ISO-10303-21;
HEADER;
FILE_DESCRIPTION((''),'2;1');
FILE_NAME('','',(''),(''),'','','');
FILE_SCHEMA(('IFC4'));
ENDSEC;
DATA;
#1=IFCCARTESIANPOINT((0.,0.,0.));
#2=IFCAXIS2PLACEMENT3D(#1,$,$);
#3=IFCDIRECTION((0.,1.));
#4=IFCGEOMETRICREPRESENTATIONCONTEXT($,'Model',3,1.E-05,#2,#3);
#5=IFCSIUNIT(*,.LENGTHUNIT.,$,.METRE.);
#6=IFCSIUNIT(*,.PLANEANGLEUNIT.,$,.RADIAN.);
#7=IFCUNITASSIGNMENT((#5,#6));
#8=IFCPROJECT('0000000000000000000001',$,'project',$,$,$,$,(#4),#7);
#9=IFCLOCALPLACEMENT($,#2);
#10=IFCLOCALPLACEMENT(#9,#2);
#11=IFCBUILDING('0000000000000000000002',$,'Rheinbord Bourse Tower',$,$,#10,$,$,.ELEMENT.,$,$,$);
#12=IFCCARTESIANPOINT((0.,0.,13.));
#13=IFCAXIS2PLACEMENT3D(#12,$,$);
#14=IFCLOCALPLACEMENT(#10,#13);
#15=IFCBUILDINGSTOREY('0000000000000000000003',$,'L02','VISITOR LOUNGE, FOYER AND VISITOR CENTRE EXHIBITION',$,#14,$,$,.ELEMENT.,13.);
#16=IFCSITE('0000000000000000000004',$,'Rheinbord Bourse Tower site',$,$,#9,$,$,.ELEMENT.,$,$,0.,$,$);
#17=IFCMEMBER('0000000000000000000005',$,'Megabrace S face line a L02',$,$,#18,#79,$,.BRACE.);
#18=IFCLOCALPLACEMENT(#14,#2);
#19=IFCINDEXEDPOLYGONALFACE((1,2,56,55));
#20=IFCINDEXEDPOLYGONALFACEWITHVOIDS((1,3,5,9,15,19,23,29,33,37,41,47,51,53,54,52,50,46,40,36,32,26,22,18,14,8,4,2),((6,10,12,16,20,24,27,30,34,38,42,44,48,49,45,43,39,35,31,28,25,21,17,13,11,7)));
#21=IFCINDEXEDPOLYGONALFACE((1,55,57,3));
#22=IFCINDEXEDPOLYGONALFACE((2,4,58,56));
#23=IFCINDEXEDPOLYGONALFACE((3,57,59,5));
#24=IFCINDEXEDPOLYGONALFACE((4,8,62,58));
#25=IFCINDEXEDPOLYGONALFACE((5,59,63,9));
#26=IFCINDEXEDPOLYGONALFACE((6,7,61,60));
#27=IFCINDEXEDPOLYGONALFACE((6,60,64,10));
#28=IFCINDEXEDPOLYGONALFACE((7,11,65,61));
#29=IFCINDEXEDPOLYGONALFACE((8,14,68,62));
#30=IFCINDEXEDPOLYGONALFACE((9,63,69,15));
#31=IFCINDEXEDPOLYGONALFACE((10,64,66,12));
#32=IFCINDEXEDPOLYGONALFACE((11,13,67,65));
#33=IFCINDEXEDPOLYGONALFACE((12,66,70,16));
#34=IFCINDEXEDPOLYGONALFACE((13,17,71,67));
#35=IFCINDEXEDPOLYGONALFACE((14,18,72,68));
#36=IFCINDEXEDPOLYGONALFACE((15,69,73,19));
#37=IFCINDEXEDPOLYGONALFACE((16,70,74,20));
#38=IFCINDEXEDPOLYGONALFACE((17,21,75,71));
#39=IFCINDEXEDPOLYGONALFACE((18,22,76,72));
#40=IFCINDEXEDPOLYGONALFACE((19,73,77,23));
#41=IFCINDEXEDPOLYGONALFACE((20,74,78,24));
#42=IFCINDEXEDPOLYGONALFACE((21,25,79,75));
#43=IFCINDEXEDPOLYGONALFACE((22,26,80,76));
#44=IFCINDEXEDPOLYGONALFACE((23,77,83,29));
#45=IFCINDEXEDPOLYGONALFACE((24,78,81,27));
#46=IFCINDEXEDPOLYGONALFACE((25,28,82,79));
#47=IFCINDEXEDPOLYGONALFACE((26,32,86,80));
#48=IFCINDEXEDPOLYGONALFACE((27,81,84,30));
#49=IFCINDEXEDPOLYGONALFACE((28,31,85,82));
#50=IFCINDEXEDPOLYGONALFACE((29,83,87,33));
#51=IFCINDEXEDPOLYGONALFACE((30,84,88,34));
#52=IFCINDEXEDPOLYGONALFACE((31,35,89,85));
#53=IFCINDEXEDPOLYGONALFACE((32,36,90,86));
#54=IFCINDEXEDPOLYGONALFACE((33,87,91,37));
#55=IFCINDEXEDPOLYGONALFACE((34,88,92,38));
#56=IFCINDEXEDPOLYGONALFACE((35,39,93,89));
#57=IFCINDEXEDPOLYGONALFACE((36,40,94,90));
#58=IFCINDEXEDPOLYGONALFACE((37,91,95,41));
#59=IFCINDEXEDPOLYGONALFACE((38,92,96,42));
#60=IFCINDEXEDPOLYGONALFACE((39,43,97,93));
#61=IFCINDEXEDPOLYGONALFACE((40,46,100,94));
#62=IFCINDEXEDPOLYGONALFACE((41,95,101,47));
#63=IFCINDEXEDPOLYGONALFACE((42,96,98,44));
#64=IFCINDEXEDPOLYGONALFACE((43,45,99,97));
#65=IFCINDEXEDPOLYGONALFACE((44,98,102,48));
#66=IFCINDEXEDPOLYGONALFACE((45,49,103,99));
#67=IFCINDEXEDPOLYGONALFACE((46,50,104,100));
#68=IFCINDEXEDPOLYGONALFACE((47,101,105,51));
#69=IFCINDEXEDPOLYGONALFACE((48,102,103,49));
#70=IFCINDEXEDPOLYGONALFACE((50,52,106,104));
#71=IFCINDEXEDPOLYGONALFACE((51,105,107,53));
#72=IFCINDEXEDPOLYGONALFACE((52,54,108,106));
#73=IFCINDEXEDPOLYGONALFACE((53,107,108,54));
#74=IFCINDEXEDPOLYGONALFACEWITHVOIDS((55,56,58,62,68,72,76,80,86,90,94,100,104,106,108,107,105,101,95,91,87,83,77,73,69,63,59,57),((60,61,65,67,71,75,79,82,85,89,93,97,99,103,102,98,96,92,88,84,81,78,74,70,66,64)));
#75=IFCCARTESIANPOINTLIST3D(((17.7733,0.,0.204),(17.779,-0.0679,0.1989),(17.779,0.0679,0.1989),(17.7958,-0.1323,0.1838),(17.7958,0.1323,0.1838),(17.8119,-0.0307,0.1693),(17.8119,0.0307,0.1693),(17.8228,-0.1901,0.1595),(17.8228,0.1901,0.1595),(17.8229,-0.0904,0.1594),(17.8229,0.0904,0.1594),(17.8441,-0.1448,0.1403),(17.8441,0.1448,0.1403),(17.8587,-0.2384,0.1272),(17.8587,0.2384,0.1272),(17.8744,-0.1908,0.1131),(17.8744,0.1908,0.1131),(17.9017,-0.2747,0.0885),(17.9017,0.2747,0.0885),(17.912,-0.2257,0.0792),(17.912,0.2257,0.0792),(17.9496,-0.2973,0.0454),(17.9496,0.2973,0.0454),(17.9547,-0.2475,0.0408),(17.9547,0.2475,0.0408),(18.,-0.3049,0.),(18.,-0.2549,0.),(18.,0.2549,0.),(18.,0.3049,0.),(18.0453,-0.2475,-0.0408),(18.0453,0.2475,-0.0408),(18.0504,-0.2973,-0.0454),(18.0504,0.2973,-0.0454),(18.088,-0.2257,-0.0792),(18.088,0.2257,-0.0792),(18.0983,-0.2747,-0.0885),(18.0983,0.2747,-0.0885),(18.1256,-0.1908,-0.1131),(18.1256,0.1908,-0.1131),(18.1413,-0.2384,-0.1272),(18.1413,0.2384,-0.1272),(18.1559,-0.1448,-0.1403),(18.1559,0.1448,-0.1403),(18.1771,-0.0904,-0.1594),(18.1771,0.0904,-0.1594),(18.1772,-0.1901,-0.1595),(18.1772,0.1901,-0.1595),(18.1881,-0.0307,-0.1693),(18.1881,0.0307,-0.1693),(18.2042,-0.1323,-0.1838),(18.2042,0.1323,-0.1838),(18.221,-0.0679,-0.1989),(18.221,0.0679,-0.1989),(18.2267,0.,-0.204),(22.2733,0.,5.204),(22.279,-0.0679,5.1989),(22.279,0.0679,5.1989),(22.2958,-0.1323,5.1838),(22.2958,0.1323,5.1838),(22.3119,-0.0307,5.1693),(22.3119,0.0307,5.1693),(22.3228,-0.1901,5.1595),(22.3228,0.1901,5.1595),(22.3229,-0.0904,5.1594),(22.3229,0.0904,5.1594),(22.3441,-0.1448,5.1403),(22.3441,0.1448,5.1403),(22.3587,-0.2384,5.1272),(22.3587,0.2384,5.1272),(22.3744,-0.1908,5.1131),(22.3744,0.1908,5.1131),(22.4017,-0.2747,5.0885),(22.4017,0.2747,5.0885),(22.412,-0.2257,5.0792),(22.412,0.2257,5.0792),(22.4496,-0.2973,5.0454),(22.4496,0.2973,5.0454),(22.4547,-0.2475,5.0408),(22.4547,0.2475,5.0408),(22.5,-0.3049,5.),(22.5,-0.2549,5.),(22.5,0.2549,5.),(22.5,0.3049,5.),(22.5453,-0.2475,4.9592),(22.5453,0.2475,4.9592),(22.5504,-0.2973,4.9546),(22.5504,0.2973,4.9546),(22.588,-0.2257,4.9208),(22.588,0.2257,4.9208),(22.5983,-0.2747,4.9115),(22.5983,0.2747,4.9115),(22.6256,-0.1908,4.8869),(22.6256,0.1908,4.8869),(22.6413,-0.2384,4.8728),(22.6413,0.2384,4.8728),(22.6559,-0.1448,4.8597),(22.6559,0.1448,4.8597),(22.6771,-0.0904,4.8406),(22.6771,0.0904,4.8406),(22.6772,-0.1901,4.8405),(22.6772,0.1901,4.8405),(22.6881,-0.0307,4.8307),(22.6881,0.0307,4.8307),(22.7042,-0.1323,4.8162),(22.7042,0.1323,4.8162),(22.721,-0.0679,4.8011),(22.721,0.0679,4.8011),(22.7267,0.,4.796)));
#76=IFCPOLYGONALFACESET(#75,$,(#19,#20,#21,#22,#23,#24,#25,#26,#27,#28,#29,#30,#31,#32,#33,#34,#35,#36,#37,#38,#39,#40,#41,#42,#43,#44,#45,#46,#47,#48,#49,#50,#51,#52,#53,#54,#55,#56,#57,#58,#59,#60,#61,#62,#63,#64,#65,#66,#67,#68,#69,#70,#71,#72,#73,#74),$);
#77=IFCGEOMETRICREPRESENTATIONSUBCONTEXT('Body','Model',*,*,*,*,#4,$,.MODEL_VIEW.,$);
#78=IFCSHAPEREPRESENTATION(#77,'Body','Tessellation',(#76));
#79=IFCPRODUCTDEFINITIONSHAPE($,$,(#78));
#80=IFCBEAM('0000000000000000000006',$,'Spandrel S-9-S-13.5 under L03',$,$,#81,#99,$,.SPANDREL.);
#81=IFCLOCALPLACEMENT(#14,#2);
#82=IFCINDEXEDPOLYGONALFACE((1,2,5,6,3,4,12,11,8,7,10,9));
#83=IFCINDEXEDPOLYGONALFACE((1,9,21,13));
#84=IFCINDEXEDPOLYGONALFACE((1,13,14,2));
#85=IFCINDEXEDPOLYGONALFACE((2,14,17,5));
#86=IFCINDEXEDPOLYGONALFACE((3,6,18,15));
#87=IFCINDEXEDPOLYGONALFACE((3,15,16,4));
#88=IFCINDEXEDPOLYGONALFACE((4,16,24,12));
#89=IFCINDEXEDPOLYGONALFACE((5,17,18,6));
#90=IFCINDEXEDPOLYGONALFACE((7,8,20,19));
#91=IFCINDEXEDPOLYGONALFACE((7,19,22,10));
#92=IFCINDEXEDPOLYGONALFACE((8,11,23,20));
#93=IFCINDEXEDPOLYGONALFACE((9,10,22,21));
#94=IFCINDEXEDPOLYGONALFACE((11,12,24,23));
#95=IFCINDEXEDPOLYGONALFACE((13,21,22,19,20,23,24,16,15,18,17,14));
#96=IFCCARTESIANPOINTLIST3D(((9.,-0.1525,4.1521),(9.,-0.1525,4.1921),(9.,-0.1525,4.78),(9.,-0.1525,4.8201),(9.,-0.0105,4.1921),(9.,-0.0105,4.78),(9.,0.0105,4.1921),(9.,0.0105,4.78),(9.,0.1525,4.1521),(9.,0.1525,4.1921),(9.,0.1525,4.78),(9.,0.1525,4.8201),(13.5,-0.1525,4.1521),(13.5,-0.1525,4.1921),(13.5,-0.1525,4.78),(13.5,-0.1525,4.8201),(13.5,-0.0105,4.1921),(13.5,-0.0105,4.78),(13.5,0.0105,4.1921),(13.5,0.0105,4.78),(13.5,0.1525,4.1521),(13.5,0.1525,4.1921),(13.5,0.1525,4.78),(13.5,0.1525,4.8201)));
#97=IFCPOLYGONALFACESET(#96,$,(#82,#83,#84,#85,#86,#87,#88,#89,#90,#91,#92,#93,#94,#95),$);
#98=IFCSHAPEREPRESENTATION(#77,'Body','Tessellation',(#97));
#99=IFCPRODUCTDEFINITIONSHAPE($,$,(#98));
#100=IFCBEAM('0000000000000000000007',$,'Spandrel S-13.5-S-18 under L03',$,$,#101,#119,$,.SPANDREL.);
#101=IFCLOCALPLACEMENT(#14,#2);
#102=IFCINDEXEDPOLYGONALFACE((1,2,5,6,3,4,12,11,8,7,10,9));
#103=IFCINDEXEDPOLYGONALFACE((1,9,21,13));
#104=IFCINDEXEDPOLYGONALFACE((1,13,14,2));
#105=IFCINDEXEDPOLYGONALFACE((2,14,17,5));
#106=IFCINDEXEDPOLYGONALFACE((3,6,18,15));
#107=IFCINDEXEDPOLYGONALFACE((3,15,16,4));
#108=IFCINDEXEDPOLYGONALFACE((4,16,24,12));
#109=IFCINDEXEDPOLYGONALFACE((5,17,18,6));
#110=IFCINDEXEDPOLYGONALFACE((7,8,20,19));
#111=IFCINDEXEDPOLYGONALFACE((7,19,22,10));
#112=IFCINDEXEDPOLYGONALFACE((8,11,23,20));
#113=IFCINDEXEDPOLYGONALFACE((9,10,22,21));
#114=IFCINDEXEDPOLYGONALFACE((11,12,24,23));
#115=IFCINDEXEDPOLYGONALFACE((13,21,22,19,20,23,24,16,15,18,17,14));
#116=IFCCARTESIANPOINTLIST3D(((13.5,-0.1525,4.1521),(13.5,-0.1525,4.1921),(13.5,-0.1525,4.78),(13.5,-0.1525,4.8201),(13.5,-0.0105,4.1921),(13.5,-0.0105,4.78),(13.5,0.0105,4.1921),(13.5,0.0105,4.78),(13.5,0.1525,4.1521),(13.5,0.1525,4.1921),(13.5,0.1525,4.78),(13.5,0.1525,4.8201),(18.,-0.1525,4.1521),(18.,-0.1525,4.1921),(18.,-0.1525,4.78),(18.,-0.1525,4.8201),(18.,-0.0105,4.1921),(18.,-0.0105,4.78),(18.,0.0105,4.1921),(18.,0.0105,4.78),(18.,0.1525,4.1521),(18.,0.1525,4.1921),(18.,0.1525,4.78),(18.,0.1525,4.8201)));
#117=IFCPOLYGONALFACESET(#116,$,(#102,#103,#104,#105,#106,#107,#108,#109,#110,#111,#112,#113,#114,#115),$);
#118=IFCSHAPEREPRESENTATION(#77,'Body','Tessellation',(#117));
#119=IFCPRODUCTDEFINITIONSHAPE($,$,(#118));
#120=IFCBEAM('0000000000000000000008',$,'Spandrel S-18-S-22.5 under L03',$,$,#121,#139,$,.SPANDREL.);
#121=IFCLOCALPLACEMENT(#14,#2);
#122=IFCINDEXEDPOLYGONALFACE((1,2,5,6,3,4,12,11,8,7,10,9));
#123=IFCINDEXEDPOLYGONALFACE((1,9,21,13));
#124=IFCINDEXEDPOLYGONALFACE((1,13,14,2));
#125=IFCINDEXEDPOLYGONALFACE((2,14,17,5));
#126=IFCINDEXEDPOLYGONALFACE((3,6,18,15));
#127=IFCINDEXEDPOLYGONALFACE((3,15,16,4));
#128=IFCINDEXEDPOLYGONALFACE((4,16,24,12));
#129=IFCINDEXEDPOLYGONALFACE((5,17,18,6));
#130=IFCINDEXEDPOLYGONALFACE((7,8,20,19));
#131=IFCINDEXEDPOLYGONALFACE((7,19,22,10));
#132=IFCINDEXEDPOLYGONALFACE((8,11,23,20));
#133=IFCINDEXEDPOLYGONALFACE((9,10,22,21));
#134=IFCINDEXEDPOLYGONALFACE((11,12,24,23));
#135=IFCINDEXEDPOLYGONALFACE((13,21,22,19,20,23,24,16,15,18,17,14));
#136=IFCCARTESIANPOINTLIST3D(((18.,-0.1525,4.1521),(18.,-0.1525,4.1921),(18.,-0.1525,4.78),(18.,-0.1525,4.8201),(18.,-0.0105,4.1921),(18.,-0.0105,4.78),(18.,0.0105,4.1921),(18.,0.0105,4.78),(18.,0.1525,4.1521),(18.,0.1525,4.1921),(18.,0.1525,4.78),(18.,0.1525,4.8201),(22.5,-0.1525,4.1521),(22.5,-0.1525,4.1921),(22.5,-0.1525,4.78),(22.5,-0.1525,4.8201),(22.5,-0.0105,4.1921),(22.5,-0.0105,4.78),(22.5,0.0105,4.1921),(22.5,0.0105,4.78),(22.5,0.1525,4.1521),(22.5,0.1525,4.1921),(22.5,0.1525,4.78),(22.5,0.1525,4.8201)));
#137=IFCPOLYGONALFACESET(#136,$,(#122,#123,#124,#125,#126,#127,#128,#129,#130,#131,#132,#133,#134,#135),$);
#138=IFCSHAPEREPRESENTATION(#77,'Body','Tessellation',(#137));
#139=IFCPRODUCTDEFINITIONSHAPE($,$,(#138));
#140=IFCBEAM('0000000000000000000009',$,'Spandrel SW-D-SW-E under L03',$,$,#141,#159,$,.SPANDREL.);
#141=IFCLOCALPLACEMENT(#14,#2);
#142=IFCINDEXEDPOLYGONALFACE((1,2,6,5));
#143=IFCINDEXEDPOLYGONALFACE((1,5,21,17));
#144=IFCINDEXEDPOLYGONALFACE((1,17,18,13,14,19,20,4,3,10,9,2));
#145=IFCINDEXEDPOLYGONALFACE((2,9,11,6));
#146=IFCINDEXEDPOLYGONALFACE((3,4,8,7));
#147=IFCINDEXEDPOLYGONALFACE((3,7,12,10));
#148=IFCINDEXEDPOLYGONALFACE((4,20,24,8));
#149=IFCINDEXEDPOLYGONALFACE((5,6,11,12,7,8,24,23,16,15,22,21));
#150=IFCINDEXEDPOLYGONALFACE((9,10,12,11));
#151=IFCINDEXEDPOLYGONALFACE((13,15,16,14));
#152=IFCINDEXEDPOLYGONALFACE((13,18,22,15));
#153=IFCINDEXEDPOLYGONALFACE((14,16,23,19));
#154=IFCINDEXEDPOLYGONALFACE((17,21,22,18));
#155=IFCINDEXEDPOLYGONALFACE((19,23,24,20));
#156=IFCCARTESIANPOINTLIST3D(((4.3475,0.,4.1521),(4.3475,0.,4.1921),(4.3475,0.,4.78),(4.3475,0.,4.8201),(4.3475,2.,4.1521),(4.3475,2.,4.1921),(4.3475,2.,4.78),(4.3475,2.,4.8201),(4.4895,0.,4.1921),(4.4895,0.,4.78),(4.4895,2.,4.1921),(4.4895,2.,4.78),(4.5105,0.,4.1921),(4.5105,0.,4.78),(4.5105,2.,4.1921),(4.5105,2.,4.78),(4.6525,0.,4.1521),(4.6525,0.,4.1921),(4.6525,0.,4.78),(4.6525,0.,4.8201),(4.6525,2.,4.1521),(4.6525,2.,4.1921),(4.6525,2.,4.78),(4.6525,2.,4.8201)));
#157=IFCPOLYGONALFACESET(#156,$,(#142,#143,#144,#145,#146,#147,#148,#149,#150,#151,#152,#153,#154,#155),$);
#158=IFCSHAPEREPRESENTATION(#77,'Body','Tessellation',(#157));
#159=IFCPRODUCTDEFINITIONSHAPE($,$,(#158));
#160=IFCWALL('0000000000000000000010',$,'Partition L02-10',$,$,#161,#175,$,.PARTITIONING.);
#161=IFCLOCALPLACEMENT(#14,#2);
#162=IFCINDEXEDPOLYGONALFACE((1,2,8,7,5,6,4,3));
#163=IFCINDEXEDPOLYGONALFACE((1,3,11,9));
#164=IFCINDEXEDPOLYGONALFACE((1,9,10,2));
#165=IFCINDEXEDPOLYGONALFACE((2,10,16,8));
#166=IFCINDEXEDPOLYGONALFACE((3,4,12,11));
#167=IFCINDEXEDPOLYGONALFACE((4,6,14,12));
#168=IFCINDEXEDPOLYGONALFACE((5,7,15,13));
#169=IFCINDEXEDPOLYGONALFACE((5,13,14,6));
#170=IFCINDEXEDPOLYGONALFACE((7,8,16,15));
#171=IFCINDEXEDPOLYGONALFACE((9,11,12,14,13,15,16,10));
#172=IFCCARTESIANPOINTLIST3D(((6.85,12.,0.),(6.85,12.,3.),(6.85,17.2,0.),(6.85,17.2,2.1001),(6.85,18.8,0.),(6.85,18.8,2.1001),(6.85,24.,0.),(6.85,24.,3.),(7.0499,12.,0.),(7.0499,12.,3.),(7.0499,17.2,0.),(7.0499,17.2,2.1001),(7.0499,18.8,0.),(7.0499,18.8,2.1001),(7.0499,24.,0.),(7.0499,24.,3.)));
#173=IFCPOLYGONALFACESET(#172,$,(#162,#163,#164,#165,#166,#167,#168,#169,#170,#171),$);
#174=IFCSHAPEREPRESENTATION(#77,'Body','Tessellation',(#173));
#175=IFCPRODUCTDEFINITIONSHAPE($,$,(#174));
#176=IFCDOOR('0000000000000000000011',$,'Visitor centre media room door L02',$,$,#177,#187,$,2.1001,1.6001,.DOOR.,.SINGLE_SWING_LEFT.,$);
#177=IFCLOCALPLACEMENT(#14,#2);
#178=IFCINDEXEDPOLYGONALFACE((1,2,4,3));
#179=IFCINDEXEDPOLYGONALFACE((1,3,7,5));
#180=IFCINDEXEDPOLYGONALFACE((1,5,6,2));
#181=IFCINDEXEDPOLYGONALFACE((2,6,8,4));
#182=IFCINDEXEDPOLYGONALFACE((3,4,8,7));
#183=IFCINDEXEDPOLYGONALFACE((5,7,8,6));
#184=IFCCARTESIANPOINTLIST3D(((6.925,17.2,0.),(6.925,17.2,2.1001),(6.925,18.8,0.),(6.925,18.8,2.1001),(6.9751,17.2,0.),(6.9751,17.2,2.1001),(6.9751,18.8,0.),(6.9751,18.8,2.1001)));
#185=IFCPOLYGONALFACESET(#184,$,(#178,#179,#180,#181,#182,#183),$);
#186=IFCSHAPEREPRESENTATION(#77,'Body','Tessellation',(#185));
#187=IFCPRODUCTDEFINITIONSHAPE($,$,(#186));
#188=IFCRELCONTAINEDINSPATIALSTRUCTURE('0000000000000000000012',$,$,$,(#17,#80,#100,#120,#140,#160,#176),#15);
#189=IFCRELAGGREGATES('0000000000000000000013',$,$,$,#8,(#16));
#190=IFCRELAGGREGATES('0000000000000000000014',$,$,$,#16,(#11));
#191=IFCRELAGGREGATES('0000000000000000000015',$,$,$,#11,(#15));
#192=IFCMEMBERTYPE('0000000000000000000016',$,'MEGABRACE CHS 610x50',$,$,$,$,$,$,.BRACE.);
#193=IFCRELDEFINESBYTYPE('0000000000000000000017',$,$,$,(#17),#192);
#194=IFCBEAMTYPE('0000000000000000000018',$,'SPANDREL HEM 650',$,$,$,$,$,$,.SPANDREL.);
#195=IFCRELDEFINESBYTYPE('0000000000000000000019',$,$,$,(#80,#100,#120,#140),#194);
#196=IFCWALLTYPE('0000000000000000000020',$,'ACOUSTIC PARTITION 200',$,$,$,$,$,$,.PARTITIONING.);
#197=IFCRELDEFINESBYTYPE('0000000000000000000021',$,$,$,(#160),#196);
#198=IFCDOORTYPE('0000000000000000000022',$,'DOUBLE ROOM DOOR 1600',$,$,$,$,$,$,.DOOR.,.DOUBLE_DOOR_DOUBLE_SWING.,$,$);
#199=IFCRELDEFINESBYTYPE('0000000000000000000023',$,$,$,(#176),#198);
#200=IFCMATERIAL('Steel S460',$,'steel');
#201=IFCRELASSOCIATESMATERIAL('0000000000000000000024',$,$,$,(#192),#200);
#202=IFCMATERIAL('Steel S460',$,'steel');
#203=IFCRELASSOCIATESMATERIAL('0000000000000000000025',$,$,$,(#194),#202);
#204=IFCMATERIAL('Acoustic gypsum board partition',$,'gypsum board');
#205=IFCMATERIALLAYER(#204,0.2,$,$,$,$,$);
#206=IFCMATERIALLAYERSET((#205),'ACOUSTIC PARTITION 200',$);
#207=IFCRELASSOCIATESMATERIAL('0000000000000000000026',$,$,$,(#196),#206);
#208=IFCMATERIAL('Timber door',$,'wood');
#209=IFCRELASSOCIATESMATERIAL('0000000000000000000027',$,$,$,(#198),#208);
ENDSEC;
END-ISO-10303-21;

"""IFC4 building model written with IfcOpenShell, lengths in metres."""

from ifc_helpers import new_model, si_unit, direction, frame, frame_2d, origin, origin_2d, place, context, subcontext, project, spatial, rectangle, hollow_circle, i_section, extrude, material, layer, layer_set, material_profile, profile_set, type_object, element, fill, save


model = new_model("IFC4")

# Units and contexts
model_context = context("Model", 3, precision=1e-05, world=origin(), true_north=direction((0.0, 1.0)))
body_context = subcontext(model_context, "Body", "Model", "MODEL_VIEW")
ifc_project = project(units=[si_unit("LENGTHUNIT", "METRE"), si_unit("PLANEANGLEUNIT", "RADIAN")], contexts=[model_context])

# Site, building, storey
site_placement = place(None, origin())
site = spatial("IfcSite", under=ifc_project, at=site_placement, Name="Rheinbord Bourse Tower site", CompositionType="ELEMENT", RefElevation=0.0)
building_placement = place(site_placement, origin())
building = spatial("IfcBuilding", under=site, at=building_placement, Name="Rheinbord Bourse Tower", CompositionType="ELEMENT")
storey_placement = place(building_placement, frame((0.0, 0.0, 13.0)))
storey = spatial("IfcBuildingStorey", under=building, at=storey_placement, Name="L02", Description="VISITOR LOUNGE, FOYER AND VISITOR CENTRE EXHIBITION", CompositionType="ELEMENT", Elevation=13.0)

# Member
ifc_material_1 = material(Name="Steel S460", Category="steel")
ifc_material_profile_1 = material_profile(ifc_material_1, hollow_circle(Radius=0.3049, WallThickness=0.05, at=origin_2d()), Name="CHS 610x50")
ifc_profile_set_1 = profile_set([ifc_material_profile_1], Name="Steel S460")
member_type = type_object("IfcMemberType", Name="MEGABRACE CHS 610x50", PredefinedType="BRACE", material=ifc_profile_set_1)
member_placement = place(storey_placement, frame((18.0, 0.0, 0.0), z_axis=(0.668965, 0.0, 0.743294), x_axis=(0.0, 1.0, 0.0)))
element("IfcMember", 1, at=member_placement, inside=storey, type_object=member_type, Name="Megabrace S face line a L02", PredefinedType="BRACE", context=body_context, shape_type="SweptSolid", body=[
    extrude(hollow_circle(Radius=0.3049, WallThickness=0.05, at=origin_2d()), origin(), (0.0, 0.0, 1.0), 6.7268),
])

# Beams
ifc_material_2 = material(Name="Steel S460", Category="steel")
ifc_material_profile_2 = material_profile(ifc_material_2, i_section(OverallWidth=0.3049, OverallDepth=0.668, WebThickness=0.021, FlangeThickness=0.04, at=origin_2d()), Name="HEM 650")
ifc_profile_set_2 = profile_set([ifc_material_profile_2], Name="Steel S460")
beam_type_1 = type_object("IfcBeamType", Name="SPANDREL HEM 650", PredefinedType="SPANDREL", material=ifc_profile_set_2)
for number, where, z_axis, x_axis, name in (
    (2, (9.0, 0.0, 4.4861), (1.0, 0.0, 0.0), (0.0, 1.0, 0.0), "Spandrel S-9-S-13.5 under L03"),
    (3, (13.5, 0.0, 4.4861), (1.0, 0.0, 0.0), (0.0, 1.0, 0.0), "Spandrel S-13.5-S-18 under L03"),
    (4, (18.0, 0.0, 4.4861), (1.0, 0.0, 0.0), (0.0, 1.0, 0.0), "Spandrel S-18-S-22.5 under L03"),
):
    element("IfcBeam", number, at=place(storey_placement, frame(where, z_axis=z_axis, x_axis=x_axis)), inside=storey, type_object=beam_type_1, Name=name, PredefinedType="SPANDREL", context=body_context, shape_type="SweptSolid", body=[
        extrude(i_section(OverallWidth=0.3049, OverallDepth=0.668, WebThickness=0.021, FlangeThickness=0.04, at=origin_2d()), origin(), (0.0, 0.0, 1.0), 4.5),
    ])
beam_placement = place(storey_placement, frame((4.5, 2.0, 4.4861), z_axis=(0.0, -1.0, 0.0), x_axis=(1.0, 0.0, 0.0)))
element("IfcBeam", 5, at=beam_placement, inside=storey, type_object=beam_type_1, Name="Spandrel SW-D-SW-E under L03", PredefinedType="SPANDREL", context=body_context, shape_type="SweptSolid", body=[
    extrude(i_section(OverallWidth=0.3049, OverallDepth=0.668, WebThickness=0.021, FlangeThickness=0.04, at=origin_2d()), origin(), (0.0, 0.0, 1.0), 2.0),
])

# Wall, opening, door
ifc_material_3 = material(Name="Acoustic gypsum board partition", Category="gypsum board")
ifc_layer_1 = layer(ifc_material_3, 0.2)
ifc_layer_set_1 = layer_set([ifc_layer_1], Name="ACOUSTIC PARTITION 200")
wall_type_1 = type_object("IfcWallType", Name="ACOUSTIC PARTITION 200", PredefinedType="PARTITIONING", material=ifc_layer_set_1)
wall_1_placement = place(storey_placement, frame((6.95, 12.0, 0.0), z_axis=(0.0, 0.0, 1.0), x_axis=(0.0, 1.0, 0.0)))
wall_1 = element("IfcWall", 6, at=wall_1_placement, inside=storey, type_object=wall_type_1, Name="Partition L02-10", PredefinedType="PARTITIONING", context=body_context, shape_type="SweptSolid", body=[
    extrude(rectangle(XDim=12.0, YDim=0.2, at=frame_2d((6.0, 0.0))), origin(), (0.0, 0.0, 1.0), 3.0),
])
opening_1_placement = place(wall_1_placement, frame((5.2, 0.0, 0.0)))
opening_1 = element("IfcOpeningElement", 7, at=opening_1_placement, cuts=wall_1, PredefinedType="OPENING", context=body_context, shape_type="SweptSolid", body=[
    extrude(rectangle(XDim=1.6001, YDim=2.1001, at=frame_2d((0.8, 1.05))), frame((0.0, 0.1099, 0.0), z_axis=(0.0, -1.0, 0.0), x_axis=(1.0, 0.0, 0.0)), (0.0, 0.0, 1.0), 0.22),
])
ifc_material_4 = material(Name="Timber door", Category="wood")
door_type = type_object("IfcDoorType", Name="DOUBLE ROOM DOOR 1600", OperationType="DOUBLE_DOOR_DOUBLE_SWING", PredefinedType="DOOR", material=ifc_material_4)
door_1_placement = place(opening_1_placement, origin())
door_1 = element("IfcDoor", 8, at=door_1_placement, inside=storey, type_object=door_type, Name="Visitor centre media room door L02", OperationType="SINGLE_SWING_LEFT", OverallHeight=2.1001, OverallWidth=1.6001, PredefinedType="DOOR", context=body_context, shape_type="SweptSolid", body=[
    extrude(rectangle(XDim=1.6001, YDim=2.1001, at=frame_2d((0.8, 1.05))), frame((0.0, 0.0249, 0.0), z_axis=(0.0, -1.0, 0.0), x_axis=(1.0, 0.0, 0.0)), (0.0, 0.0, 1.0), 0.05),
])
fill(opening_1, door_1)

save(model, "model.ifc")
